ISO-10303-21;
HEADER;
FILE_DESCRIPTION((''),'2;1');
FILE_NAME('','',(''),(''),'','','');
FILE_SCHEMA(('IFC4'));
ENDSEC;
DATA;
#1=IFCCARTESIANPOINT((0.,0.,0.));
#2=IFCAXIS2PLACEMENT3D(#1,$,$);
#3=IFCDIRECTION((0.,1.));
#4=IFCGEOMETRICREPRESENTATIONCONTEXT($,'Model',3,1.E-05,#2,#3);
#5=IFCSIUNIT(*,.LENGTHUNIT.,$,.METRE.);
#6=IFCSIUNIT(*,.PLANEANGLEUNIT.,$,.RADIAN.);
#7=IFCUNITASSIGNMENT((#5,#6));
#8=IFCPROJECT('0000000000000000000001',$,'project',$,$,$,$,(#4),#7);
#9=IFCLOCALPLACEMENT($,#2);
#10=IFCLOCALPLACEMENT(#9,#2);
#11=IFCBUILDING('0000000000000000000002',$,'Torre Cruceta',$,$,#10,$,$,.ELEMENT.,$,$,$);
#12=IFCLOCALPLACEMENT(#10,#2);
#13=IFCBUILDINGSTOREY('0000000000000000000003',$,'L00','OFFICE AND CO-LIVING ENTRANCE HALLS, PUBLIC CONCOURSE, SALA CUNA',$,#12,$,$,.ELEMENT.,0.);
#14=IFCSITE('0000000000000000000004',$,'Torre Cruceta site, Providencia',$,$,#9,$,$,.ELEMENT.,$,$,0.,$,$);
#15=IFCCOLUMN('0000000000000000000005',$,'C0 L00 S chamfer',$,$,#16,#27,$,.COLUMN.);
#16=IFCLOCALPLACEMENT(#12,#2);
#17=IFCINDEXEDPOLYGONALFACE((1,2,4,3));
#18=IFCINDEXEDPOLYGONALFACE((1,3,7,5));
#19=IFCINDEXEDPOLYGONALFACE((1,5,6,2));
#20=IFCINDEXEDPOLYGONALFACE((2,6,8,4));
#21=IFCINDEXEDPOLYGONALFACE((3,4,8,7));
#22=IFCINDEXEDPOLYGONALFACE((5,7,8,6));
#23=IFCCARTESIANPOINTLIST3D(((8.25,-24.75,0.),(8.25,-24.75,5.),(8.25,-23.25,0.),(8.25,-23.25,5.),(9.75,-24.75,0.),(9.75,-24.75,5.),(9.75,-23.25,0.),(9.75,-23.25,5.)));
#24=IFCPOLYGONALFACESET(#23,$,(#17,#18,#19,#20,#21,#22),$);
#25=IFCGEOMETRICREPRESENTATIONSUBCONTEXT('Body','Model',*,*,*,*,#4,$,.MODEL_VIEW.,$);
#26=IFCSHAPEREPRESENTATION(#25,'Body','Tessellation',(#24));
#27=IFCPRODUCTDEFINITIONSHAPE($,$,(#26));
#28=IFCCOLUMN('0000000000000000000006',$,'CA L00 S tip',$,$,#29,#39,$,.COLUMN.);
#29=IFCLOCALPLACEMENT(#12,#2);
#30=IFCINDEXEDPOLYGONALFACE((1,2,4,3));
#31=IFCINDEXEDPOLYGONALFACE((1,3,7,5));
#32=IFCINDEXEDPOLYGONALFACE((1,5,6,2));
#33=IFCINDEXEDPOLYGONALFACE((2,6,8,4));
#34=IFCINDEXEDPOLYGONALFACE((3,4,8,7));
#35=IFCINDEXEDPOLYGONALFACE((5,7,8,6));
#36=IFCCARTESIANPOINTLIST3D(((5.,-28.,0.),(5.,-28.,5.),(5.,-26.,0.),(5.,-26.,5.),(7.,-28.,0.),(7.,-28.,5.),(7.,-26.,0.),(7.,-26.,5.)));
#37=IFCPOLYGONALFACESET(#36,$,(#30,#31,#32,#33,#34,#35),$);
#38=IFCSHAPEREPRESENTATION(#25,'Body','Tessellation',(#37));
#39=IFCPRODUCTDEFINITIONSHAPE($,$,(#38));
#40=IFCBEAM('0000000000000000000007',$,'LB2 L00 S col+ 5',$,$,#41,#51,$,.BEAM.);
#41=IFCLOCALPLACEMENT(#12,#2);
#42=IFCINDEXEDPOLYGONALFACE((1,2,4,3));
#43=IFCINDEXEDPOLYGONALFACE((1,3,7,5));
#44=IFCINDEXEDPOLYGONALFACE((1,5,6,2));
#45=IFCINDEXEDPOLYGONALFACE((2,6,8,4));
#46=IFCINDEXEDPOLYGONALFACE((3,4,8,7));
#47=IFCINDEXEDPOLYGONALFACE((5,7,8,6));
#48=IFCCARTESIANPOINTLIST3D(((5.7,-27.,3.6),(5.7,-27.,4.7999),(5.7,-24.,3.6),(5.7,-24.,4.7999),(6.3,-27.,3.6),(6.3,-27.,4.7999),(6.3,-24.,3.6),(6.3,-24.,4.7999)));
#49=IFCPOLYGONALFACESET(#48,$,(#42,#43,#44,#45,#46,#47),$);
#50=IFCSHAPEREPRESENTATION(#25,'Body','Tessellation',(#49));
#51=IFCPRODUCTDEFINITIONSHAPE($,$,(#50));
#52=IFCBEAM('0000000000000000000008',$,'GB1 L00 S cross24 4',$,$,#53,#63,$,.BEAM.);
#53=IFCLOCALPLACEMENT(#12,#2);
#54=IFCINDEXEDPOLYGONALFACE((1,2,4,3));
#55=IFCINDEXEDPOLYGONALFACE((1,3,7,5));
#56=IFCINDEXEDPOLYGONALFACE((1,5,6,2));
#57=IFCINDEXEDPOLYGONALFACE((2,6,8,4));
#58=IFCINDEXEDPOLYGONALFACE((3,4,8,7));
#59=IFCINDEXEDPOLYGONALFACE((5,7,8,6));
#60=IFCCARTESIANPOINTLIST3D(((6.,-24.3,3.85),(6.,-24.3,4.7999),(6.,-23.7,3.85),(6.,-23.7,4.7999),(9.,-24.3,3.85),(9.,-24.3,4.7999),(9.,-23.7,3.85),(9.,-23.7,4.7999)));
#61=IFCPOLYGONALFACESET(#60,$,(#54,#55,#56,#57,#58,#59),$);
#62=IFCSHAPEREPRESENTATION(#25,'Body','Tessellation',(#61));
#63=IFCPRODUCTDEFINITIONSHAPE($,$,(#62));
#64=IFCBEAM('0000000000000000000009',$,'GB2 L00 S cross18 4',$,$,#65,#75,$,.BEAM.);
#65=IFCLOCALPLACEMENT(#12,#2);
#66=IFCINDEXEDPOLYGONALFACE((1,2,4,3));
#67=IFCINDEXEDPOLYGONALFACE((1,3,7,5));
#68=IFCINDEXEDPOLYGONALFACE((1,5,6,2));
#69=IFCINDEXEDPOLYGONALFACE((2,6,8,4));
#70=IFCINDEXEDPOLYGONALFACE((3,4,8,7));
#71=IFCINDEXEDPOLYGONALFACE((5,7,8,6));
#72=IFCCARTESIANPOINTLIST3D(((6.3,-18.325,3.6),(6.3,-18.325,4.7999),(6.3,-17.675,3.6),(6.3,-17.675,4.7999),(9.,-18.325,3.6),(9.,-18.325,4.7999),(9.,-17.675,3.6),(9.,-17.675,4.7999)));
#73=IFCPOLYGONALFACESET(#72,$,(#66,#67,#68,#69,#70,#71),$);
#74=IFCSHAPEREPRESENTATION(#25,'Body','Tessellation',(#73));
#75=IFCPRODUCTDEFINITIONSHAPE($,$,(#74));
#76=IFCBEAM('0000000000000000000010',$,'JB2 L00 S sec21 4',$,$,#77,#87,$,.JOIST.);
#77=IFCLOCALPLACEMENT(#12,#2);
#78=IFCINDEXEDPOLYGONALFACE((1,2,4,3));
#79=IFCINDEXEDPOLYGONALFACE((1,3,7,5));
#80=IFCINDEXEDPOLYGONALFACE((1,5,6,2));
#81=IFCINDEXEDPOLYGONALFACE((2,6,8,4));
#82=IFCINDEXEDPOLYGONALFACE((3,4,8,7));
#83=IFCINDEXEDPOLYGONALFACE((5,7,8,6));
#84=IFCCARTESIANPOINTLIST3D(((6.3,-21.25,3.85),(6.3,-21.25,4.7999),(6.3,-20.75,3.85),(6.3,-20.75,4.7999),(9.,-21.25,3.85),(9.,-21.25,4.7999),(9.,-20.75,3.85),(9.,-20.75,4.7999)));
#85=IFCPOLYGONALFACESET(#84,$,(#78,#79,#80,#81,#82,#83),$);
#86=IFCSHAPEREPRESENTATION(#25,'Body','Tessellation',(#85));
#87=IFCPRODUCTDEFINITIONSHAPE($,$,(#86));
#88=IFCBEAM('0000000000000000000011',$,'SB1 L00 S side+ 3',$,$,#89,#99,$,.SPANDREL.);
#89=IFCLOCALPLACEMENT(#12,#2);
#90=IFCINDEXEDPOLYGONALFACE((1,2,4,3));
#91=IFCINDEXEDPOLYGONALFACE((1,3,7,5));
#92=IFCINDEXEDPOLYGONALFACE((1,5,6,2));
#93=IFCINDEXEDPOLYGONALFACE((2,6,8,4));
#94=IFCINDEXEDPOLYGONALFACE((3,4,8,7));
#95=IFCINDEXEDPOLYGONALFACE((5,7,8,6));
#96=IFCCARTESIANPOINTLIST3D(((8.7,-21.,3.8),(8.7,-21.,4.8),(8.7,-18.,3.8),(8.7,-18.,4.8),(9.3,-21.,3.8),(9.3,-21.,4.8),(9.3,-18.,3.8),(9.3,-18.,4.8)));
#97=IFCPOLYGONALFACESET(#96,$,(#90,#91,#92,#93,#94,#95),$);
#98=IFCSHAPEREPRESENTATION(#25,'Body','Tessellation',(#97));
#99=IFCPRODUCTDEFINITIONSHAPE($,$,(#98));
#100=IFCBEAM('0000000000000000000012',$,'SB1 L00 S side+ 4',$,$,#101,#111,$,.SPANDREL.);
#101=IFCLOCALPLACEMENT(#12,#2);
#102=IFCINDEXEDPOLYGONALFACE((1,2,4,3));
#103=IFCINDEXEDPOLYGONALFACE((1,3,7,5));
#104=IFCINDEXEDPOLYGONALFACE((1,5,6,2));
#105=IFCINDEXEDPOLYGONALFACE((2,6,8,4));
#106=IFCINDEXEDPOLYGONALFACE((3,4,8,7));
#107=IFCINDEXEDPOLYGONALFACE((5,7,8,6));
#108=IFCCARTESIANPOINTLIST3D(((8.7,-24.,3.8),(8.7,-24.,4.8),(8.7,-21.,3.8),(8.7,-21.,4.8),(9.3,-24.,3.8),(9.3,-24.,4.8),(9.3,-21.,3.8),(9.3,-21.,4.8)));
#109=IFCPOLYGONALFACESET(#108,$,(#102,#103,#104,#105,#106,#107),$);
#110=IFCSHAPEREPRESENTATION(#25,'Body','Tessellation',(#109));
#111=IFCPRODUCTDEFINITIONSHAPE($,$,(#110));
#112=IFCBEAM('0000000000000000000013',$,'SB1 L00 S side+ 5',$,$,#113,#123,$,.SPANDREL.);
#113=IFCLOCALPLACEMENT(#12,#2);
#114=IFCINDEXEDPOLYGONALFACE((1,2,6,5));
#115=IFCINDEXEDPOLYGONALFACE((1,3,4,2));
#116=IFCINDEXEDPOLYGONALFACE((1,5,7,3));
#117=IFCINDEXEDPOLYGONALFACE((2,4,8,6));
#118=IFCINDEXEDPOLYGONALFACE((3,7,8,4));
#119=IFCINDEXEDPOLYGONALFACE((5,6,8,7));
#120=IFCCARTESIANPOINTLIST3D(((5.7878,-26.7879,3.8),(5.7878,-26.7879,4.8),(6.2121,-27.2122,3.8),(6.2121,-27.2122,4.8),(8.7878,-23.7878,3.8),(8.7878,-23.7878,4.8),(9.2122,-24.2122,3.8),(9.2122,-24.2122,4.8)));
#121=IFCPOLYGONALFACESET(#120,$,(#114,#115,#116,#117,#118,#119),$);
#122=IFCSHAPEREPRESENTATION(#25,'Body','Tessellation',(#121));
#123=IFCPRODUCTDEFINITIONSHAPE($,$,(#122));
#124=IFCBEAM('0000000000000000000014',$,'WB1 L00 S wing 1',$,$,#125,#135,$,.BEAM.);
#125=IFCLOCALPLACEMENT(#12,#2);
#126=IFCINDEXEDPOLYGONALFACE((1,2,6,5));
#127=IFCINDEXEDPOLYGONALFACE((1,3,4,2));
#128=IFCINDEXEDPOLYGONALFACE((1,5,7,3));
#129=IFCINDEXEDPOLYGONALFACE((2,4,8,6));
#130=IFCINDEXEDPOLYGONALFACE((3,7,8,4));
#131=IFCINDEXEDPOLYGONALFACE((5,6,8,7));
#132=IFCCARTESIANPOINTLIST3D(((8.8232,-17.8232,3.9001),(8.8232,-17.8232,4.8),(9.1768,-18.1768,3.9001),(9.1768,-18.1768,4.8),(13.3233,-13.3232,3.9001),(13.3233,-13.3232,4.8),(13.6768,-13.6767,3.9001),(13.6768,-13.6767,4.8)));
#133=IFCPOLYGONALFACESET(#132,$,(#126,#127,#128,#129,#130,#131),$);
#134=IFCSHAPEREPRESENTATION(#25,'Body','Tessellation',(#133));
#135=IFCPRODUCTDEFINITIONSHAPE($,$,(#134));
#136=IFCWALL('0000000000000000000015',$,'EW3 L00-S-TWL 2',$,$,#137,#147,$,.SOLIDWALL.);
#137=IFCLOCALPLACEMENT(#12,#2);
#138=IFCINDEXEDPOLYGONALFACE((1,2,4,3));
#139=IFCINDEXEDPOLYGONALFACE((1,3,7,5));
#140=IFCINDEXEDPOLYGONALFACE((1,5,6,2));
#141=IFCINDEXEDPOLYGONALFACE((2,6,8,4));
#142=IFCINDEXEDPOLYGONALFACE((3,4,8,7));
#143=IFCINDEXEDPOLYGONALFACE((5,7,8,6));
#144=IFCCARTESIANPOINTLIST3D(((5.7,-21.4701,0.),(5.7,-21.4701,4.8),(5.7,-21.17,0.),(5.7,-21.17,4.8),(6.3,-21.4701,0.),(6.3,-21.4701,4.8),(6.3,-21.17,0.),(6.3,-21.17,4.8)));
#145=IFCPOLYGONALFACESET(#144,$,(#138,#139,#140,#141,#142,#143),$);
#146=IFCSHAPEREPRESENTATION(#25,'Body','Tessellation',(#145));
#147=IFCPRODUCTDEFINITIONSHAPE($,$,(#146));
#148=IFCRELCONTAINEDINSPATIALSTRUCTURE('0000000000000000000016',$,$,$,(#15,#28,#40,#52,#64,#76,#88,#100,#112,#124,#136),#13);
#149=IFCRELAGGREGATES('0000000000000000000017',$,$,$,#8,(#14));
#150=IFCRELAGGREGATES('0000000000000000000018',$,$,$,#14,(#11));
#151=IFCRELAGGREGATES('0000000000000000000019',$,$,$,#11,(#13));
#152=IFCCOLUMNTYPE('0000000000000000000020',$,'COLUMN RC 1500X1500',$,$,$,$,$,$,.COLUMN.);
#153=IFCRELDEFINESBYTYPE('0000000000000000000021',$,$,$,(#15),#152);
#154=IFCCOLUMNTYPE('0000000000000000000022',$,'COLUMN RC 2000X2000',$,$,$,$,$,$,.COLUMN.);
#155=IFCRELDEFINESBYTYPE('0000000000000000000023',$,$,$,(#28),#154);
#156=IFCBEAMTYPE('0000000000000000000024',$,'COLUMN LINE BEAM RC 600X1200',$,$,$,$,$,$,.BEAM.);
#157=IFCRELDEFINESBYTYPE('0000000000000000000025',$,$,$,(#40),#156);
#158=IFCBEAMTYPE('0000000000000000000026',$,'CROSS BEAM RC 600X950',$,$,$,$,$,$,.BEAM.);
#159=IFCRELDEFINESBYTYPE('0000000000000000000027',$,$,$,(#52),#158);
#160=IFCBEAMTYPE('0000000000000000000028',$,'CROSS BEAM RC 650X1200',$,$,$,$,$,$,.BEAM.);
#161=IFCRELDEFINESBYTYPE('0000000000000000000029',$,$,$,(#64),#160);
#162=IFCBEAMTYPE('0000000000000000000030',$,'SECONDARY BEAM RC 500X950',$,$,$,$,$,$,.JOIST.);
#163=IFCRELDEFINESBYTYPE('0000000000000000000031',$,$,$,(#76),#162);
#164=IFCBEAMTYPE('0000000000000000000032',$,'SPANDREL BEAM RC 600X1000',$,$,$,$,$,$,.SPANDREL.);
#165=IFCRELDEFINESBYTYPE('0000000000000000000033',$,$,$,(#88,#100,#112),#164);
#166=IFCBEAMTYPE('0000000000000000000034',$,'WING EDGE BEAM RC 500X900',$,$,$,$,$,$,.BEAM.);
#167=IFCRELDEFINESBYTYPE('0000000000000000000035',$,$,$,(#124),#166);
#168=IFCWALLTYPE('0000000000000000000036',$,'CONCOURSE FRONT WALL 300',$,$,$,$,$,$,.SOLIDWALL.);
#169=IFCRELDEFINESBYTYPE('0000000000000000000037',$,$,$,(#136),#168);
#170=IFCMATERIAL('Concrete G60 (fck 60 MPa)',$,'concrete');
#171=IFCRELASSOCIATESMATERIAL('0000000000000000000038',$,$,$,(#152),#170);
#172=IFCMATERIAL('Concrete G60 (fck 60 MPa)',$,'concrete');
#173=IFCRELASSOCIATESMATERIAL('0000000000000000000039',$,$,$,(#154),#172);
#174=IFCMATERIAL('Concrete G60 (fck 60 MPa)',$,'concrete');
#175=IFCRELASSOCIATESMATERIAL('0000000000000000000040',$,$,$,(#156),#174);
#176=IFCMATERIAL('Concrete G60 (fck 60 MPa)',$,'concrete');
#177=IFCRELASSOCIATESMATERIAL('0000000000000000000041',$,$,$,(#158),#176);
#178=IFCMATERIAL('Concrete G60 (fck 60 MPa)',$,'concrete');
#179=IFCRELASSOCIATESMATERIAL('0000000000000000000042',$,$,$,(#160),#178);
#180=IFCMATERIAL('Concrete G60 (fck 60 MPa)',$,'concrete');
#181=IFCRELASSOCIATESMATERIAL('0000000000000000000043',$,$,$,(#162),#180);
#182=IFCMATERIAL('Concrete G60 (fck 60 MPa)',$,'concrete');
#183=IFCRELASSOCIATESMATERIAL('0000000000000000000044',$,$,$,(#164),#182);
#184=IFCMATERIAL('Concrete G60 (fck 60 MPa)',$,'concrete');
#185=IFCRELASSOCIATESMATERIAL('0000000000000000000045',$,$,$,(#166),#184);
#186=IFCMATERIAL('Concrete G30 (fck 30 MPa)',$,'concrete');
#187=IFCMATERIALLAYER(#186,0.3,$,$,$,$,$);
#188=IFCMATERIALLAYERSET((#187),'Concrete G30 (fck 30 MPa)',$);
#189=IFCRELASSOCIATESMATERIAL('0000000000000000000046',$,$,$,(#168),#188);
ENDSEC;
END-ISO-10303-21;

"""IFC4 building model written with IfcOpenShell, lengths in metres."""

from ifc_helpers import new_model, si_unit, direction, frame, frame_2d, origin, origin_2d, place, context, subcontext, project, spatial, rectangle, extrude, material, layer, layer_set, material_profile, profile_set, type_object, element, save


model = new_model("IFC4")

# Units and contexts
model_context = context("Model", 3, precision=1e-05, world=origin(), true_north=direction((0.0, 1.0)))
body_context = subcontext(model_context, "Body", "Model", "MODEL_VIEW")
ifc_project = project(units=[si_unit("LENGTHUNIT", "METRE"), si_unit("PLANEANGLEUNIT", "RADIAN")], contexts=[model_context])

# Site, building, storey
site_placement = place(None, origin())
site = spatial("IfcSite", under=ifc_project, at=site_placement, Name="Torre Cruceta site, Providencia", CompositionType="ELEMENT", RefElevation=0.0)
building_placement = place(site_placement, origin())
building = spatial("IfcBuilding", under=site, at=building_placement, Name="Torre Cruceta", CompositionType="ELEMENT")
storey_placement = place(building_placement, origin())
storey = spatial("IfcBuildingStorey", under=building, at=storey_placement, Name="L00", Description="OFFICE AND CO-LIVING ENTRANCE HALLS, PUBLIC CONCOURSE, SALA CUNA", CompositionType="ELEMENT", Elevation=0.0)

# Columns
ifc_material_1 = material(Name="Concrete G60 (fck 60 MPa)", Category="concrete")
ifc_material_profile_1 = material_profile(ifc_material_1, rectangle(XDim=1.5, YDim=1.5, at=origin_2d()), Name="RC 1500X1500")
ifc_profile_set_1 = profile_set([ifc_material_profile_1], Name="Concrete G60 (fck 60 MPa)")
column_type_1 = type_object("IfcColumnType", Name="COLUMN RC 1500X1500", PredefinedType="COLUMN", material=ifc_profile_set_1)
column_1_placement = place(storey_placement, frame((9.0, -24.0, 0.0), z_axis=(0.0, 0.0, 1.0), x_axis=(1.0, 0.0, 0.0)))
element("IfcColumn", 1, at=column_1_placement, inside=storey, type_object=column_type_1, Name="C0 L00 S chamfer", PredefinedType="COLUMN", context=body_context, shape_type="SweptSolid", body=[
    extrude(rectangle(XDim=1.5, YDim=1.5, at=origin_2d()), origin(), (0.0, 0.0, 1.0), 5.0),
])
ifc_material_2 = material(Name="Concrete G60 (fck 60 MPa)", Category="concrete")
ifc_material_profile_2 = material_profile(ifc_material_2, rectangle(XDim=2.0, YDim=2.0, at=origin_2d()), Name="RC 2000X2000")
ifc_profile_set_2 = profile_set([ifc_material_profile_2], Name="Concrete G60 (fck 60 MPa)")
column_type_2 = type_object("IfcColumnType", Name="COLUMN RC 2000X2000", PredefinedType="COLUMN", material=ifc_profile_set_2)
column_2_placement = place(storey_placement, frame((6.0, -27.0, 0.0), z_axis=(0.0, 0.0, 1.0), x_axis=(1.0, 0.0, 0.0)))
element("IfcColumn", 2, at=column_2_placement, inside=storey, type_object=column_type_2, Name="CA L00 S tip", PredefinedType="COLUMN", context=body_context, shape_type="SweptSolid", body=[
    extrude(rectangle(XDim=2.0, YDim=2.0, at=origin_2d()), origin(), (0.0, 0.0, 1.0), 5.0),
])

# Beams
ifc_material_3 = material(Name="Concrete G60 (fck 60 MPa)", Category="concrete")
ifc_material_profile_3 = material_profile(ifc_material_3, rectangle(XDim=0.6001, YDim=1.2, at=origin_2d()), Name="RC 600X1200")
ifc_profile_set_3 = profile_set([ifc_material_profile_3], Name="Concrete G60 (fck 60 MPa)")
beam_type_1 = type_object("IfcBeamType", Name="COLUMN LINE BEAM RC 600X1200", PredefinedType="BEAM", material=ifc_profile_set_3)
beam_1_placement = place(storey_placement, frame((6.0, -24.0, 4.2), z_axis=(0.0, -1.0, 0.0), x_axis=(1.0, 0.0, 0.0)))
element("IfcBeam", 3, at=beam_1_placement, inside=storey, type_object=beam_type_1, Name="LB2 L00 S col+ 5", PredefinedType="BEAM", context=body_context, shape_type="SweptSolid", body=[
    extrude(rectangle(XDim=0.6001, YDim=1.2, at=origin_2d()), origin(), (0.0, 0.0, 1.0), 3.0),
])
ifc_material_4 = material(Name="Concrete G60 (fck 60 MPa)", Category="concrete")
ifc_material_profile_4 = material_profile(ifc_material_4, rectangle(XDim=0.6001, YDim=0.95, at=origin_2d()), Name="RC 600X950")
ifc_profile_set_4 = profile_set([ifc_material_profile_4], Name="Concrete G60 (fck 60 MPa)")
beam_type_2 = type_object("IfcBeamType", Name="CROSS BEAM RC 600X950", PredefinedType="BEAM", material=ifc_profile_set_4)
beam_2_placement = place(storey_placement, frame((6.0, -24.0, 4.325), z_axis=(1.0, 0.0, 0.0), x_axis=(0.0, 1.0, 0.0)))
element("IfcBeam", 4, at=beam_2_placement, inside=storey, type_object=beam_type_2, Name="GB1 L00 S cross24 4", PredefinedType="BEAM", context=body_context, shape_type="SweptSolid", body=[
    extrude(rectangle(XDim=0.6001, YDim=0.95, at=origin_2d()), origin(), (0.0, 0.0, 1.0), 3.0),
])
ifc_material_5 = material(Name="Concrete G60 (fck 60 MPa)", Category="concrete")
ifc_material_profile_5 = material_profile(ifc_material_5, rectangle(XDim=0.6499, YDim=1.2, at=origin_2d()), Name="RC 650X1200")
ifc_profile_set_5 = profile_set([ifc_material_profile_5], Name="Concrete G60 (fck 60 MPa)")
beam_type_3 = type_object("IfcBeamType", Name="CROSS BEAM RC 650X1200", PredefinedType="BEAM", material=ifc_profile_set_5)
beam_3_placement = place(storey_placement, frame((6.3, -18.0, 4.2), z_axis=(1.0, 0.0, 0.0), x_axis=(0.0, 1.0, 0.0)))
element("IfcBeam", 5, at=beam_3_placement, inside=storey, type_object=beam_type_3, Name="GB2 L00 S cross18 4", PredefinedType="BEAM", context=body_context, shape_type="SweptSolid", body=[
    extrude(rectangle(XDim=0.6499, YDim=1.2, at=origin_2d()), origin(), (0.0, 0.0, 1.0), 2.7),
])
ifc_material_6 = material(Name="Concrete G60 (fck 60 MPa)", Category="concrete")
ifc_material_profile_6 = material_profile(ifc_material_6, rectangle(XDim=0.5, YDim=0.95, at=origin_2d()), Name="RC 500X950")
ifc_profile_set_6 = profile_set([ifc_material_profile_6], Name="Concrete G60 (fck 60 MPa)")
beam_type_4 = type_object("IfcBeamType", Name="SECONDARY BEAM RC 500X950", PredefinedType="JOIST", material=ifc_profile_set_6)
beam_4_placement = place(storey_placement, frame((6.3, -21.0, 4.325), z_axis=(1.0, 0.0, 0.0), x_axis=(0.0, 1.0, 0.0)))
element("IfcBeam", 6, at=beam_4_placement, inside=storey, type_object=beam_type_4, Name="JB2 L00 S sec21 4", PredefinedType="JOIST", context=body_context, shape_type="SweptSolid", body=[
    extrude(rectangle(XDim=0.5, YDim=0.95, at=origin_2d()), origin(), (0.0, 0.0, 1.0), 2.7),
])
ifc_material_7 = material(Name="Concrete G60 (fck 60 MPa)", Category="concrete")
ifc_material_profile_7 = material_profile(ifc_material_7, rectangle(XDim=0.6001, YDim=1.0, at=origin_2d()), Name="RC 600X1000")
ifc_profile_set_7 = profile_set([ifc_material_profile_7], Name="Concrete G60 (fck 60 MPa)")
beam_type_5 = type_object("IfcBeamType", Name="SPANDREL BEAM RC 600X1000", PredefinedType="SPANDREL", material=ifc_profile_set_7)
for number, where, z_axis, x_axis, name in (
    (7, (9.0, -18.0, 4.3), (0.0, -1.0, 0.0), (1.0, 0.0, 0.0), "SB1 L00 S side+ 3"),
    (8, (9.0, -21.0, 4.3), (0.0, -1.0, 0.0), (1.0, 0.0, 0.0), "SB1 L00 S side+ 4"),
):
    element("IfcBeam", number, at=place(storey_placement, frame(where, z_axis=z_axis, x_axis=x_axis)), inside=storey, type_object=beam_type_5, Name=name, PredefinedType="SPANDREL", context=body_context, shape_type="SweptSolid", body=[
        extrude(rectangle(XDim=0.6001, YDim=1.0, at=origin_2d()), origin(), (0.0, 0.0, 1.0), 3.0),
    ])
beam_5_placement = place(storey_placement, frame((9.0, -24.0, 4.3), z_axis=(-0.707107, -0.707107, 0.0), x_axis=(0.707107, -0.707107, 0.0)))
element("IfcBeam", 9, at=beam_5_placement, inside=storey, type_object=beam_type_5, Name="SB1 L00 S side+ 5", PredefinedType="SPANDREL", context=body_context, shape_type="SweptSolid", body=[
    extrude(rectangle(XDim=0.6001, YDim=1.0, at=origin_2d()), origin(), (0.0, 0.0, 1.0), 4.2427),
])
ifc_material_8 = material(Name="Concrete G60 (fck 60 MPa)", Category="concrete")
ifc_material_profile_8 = material_profile(ifc_material_8, rectangle(XDim=0.5, YDim=0.8999, at=origin_2d()), Name="RC 500X900")
ifc_profile_set_8 = profile_set([ifc_material_profile_8], Name="Concrete G60 (fck 60 MPa)")
beam_type_6 = type_object("IfcBeamType", Name="WING EDGE BEAM RC 500X900", PredefinedType="BEAM", material=ifc_profile_set_8)
beam_6_placement = place(storey_placement, frame((9.0, -18.0, 4.3501), z_axis=(0.707107, 0.707107, 0.0), x_axis=(-0.707107, 0.707107, 0.0)))
element("IfcBeam", 10, at=beam_6_placement, inside=storey, type_object=beam_type_6, Name="WB1 L00 S wing 1", PredefinedType="BEAM", context=body_context, shape_type="SweptSolid", body=[
    extrude(rectangle(XDim=0.5, YDim=0.8999, at=origin_2d()), origin(), (0.0, 0.0, 1.0), 6.364),
])

# Shared definitions
ifc_material_9 = material(Name="Concrete G30 (fck 30 MPa)", Category="concrete")
ifc_layer = layer(ifc_material_9, 0.3)
ifc_layer_set = layer_set([ifc_layer], Name="Concrete G30 (fck 30 MPa)")
wall_type = type_object("IfcWallType", Name="CONCOURSE FRONT WALL 300", PredefinedType="SOLIDWALL", material=ifc_layer_set)

# Wall
wall_1_placement = place(storey_placement, frame((5.7, -21.3201, 0.0), z_axis=(0.0, 0.0, 1.0), x_axis=(1.0, 0.0, 0.0)))
element("IfcWall", 11, at=wall_1_placement, inside=storey, type_object=wall_type, Name="EW3 L00-S-TWL 2", PredefinedType="SOLIDWALL", context=body_context, shape_type="SweptSolid", body=[
    extrude(rectangle(XDim=0.6001, YDim=0.3, at=frame_2d((0.3, 0.0))), origin(), (0.0, 0.0, 1.0), 4.8),
])

save(model, "model.ifc")
